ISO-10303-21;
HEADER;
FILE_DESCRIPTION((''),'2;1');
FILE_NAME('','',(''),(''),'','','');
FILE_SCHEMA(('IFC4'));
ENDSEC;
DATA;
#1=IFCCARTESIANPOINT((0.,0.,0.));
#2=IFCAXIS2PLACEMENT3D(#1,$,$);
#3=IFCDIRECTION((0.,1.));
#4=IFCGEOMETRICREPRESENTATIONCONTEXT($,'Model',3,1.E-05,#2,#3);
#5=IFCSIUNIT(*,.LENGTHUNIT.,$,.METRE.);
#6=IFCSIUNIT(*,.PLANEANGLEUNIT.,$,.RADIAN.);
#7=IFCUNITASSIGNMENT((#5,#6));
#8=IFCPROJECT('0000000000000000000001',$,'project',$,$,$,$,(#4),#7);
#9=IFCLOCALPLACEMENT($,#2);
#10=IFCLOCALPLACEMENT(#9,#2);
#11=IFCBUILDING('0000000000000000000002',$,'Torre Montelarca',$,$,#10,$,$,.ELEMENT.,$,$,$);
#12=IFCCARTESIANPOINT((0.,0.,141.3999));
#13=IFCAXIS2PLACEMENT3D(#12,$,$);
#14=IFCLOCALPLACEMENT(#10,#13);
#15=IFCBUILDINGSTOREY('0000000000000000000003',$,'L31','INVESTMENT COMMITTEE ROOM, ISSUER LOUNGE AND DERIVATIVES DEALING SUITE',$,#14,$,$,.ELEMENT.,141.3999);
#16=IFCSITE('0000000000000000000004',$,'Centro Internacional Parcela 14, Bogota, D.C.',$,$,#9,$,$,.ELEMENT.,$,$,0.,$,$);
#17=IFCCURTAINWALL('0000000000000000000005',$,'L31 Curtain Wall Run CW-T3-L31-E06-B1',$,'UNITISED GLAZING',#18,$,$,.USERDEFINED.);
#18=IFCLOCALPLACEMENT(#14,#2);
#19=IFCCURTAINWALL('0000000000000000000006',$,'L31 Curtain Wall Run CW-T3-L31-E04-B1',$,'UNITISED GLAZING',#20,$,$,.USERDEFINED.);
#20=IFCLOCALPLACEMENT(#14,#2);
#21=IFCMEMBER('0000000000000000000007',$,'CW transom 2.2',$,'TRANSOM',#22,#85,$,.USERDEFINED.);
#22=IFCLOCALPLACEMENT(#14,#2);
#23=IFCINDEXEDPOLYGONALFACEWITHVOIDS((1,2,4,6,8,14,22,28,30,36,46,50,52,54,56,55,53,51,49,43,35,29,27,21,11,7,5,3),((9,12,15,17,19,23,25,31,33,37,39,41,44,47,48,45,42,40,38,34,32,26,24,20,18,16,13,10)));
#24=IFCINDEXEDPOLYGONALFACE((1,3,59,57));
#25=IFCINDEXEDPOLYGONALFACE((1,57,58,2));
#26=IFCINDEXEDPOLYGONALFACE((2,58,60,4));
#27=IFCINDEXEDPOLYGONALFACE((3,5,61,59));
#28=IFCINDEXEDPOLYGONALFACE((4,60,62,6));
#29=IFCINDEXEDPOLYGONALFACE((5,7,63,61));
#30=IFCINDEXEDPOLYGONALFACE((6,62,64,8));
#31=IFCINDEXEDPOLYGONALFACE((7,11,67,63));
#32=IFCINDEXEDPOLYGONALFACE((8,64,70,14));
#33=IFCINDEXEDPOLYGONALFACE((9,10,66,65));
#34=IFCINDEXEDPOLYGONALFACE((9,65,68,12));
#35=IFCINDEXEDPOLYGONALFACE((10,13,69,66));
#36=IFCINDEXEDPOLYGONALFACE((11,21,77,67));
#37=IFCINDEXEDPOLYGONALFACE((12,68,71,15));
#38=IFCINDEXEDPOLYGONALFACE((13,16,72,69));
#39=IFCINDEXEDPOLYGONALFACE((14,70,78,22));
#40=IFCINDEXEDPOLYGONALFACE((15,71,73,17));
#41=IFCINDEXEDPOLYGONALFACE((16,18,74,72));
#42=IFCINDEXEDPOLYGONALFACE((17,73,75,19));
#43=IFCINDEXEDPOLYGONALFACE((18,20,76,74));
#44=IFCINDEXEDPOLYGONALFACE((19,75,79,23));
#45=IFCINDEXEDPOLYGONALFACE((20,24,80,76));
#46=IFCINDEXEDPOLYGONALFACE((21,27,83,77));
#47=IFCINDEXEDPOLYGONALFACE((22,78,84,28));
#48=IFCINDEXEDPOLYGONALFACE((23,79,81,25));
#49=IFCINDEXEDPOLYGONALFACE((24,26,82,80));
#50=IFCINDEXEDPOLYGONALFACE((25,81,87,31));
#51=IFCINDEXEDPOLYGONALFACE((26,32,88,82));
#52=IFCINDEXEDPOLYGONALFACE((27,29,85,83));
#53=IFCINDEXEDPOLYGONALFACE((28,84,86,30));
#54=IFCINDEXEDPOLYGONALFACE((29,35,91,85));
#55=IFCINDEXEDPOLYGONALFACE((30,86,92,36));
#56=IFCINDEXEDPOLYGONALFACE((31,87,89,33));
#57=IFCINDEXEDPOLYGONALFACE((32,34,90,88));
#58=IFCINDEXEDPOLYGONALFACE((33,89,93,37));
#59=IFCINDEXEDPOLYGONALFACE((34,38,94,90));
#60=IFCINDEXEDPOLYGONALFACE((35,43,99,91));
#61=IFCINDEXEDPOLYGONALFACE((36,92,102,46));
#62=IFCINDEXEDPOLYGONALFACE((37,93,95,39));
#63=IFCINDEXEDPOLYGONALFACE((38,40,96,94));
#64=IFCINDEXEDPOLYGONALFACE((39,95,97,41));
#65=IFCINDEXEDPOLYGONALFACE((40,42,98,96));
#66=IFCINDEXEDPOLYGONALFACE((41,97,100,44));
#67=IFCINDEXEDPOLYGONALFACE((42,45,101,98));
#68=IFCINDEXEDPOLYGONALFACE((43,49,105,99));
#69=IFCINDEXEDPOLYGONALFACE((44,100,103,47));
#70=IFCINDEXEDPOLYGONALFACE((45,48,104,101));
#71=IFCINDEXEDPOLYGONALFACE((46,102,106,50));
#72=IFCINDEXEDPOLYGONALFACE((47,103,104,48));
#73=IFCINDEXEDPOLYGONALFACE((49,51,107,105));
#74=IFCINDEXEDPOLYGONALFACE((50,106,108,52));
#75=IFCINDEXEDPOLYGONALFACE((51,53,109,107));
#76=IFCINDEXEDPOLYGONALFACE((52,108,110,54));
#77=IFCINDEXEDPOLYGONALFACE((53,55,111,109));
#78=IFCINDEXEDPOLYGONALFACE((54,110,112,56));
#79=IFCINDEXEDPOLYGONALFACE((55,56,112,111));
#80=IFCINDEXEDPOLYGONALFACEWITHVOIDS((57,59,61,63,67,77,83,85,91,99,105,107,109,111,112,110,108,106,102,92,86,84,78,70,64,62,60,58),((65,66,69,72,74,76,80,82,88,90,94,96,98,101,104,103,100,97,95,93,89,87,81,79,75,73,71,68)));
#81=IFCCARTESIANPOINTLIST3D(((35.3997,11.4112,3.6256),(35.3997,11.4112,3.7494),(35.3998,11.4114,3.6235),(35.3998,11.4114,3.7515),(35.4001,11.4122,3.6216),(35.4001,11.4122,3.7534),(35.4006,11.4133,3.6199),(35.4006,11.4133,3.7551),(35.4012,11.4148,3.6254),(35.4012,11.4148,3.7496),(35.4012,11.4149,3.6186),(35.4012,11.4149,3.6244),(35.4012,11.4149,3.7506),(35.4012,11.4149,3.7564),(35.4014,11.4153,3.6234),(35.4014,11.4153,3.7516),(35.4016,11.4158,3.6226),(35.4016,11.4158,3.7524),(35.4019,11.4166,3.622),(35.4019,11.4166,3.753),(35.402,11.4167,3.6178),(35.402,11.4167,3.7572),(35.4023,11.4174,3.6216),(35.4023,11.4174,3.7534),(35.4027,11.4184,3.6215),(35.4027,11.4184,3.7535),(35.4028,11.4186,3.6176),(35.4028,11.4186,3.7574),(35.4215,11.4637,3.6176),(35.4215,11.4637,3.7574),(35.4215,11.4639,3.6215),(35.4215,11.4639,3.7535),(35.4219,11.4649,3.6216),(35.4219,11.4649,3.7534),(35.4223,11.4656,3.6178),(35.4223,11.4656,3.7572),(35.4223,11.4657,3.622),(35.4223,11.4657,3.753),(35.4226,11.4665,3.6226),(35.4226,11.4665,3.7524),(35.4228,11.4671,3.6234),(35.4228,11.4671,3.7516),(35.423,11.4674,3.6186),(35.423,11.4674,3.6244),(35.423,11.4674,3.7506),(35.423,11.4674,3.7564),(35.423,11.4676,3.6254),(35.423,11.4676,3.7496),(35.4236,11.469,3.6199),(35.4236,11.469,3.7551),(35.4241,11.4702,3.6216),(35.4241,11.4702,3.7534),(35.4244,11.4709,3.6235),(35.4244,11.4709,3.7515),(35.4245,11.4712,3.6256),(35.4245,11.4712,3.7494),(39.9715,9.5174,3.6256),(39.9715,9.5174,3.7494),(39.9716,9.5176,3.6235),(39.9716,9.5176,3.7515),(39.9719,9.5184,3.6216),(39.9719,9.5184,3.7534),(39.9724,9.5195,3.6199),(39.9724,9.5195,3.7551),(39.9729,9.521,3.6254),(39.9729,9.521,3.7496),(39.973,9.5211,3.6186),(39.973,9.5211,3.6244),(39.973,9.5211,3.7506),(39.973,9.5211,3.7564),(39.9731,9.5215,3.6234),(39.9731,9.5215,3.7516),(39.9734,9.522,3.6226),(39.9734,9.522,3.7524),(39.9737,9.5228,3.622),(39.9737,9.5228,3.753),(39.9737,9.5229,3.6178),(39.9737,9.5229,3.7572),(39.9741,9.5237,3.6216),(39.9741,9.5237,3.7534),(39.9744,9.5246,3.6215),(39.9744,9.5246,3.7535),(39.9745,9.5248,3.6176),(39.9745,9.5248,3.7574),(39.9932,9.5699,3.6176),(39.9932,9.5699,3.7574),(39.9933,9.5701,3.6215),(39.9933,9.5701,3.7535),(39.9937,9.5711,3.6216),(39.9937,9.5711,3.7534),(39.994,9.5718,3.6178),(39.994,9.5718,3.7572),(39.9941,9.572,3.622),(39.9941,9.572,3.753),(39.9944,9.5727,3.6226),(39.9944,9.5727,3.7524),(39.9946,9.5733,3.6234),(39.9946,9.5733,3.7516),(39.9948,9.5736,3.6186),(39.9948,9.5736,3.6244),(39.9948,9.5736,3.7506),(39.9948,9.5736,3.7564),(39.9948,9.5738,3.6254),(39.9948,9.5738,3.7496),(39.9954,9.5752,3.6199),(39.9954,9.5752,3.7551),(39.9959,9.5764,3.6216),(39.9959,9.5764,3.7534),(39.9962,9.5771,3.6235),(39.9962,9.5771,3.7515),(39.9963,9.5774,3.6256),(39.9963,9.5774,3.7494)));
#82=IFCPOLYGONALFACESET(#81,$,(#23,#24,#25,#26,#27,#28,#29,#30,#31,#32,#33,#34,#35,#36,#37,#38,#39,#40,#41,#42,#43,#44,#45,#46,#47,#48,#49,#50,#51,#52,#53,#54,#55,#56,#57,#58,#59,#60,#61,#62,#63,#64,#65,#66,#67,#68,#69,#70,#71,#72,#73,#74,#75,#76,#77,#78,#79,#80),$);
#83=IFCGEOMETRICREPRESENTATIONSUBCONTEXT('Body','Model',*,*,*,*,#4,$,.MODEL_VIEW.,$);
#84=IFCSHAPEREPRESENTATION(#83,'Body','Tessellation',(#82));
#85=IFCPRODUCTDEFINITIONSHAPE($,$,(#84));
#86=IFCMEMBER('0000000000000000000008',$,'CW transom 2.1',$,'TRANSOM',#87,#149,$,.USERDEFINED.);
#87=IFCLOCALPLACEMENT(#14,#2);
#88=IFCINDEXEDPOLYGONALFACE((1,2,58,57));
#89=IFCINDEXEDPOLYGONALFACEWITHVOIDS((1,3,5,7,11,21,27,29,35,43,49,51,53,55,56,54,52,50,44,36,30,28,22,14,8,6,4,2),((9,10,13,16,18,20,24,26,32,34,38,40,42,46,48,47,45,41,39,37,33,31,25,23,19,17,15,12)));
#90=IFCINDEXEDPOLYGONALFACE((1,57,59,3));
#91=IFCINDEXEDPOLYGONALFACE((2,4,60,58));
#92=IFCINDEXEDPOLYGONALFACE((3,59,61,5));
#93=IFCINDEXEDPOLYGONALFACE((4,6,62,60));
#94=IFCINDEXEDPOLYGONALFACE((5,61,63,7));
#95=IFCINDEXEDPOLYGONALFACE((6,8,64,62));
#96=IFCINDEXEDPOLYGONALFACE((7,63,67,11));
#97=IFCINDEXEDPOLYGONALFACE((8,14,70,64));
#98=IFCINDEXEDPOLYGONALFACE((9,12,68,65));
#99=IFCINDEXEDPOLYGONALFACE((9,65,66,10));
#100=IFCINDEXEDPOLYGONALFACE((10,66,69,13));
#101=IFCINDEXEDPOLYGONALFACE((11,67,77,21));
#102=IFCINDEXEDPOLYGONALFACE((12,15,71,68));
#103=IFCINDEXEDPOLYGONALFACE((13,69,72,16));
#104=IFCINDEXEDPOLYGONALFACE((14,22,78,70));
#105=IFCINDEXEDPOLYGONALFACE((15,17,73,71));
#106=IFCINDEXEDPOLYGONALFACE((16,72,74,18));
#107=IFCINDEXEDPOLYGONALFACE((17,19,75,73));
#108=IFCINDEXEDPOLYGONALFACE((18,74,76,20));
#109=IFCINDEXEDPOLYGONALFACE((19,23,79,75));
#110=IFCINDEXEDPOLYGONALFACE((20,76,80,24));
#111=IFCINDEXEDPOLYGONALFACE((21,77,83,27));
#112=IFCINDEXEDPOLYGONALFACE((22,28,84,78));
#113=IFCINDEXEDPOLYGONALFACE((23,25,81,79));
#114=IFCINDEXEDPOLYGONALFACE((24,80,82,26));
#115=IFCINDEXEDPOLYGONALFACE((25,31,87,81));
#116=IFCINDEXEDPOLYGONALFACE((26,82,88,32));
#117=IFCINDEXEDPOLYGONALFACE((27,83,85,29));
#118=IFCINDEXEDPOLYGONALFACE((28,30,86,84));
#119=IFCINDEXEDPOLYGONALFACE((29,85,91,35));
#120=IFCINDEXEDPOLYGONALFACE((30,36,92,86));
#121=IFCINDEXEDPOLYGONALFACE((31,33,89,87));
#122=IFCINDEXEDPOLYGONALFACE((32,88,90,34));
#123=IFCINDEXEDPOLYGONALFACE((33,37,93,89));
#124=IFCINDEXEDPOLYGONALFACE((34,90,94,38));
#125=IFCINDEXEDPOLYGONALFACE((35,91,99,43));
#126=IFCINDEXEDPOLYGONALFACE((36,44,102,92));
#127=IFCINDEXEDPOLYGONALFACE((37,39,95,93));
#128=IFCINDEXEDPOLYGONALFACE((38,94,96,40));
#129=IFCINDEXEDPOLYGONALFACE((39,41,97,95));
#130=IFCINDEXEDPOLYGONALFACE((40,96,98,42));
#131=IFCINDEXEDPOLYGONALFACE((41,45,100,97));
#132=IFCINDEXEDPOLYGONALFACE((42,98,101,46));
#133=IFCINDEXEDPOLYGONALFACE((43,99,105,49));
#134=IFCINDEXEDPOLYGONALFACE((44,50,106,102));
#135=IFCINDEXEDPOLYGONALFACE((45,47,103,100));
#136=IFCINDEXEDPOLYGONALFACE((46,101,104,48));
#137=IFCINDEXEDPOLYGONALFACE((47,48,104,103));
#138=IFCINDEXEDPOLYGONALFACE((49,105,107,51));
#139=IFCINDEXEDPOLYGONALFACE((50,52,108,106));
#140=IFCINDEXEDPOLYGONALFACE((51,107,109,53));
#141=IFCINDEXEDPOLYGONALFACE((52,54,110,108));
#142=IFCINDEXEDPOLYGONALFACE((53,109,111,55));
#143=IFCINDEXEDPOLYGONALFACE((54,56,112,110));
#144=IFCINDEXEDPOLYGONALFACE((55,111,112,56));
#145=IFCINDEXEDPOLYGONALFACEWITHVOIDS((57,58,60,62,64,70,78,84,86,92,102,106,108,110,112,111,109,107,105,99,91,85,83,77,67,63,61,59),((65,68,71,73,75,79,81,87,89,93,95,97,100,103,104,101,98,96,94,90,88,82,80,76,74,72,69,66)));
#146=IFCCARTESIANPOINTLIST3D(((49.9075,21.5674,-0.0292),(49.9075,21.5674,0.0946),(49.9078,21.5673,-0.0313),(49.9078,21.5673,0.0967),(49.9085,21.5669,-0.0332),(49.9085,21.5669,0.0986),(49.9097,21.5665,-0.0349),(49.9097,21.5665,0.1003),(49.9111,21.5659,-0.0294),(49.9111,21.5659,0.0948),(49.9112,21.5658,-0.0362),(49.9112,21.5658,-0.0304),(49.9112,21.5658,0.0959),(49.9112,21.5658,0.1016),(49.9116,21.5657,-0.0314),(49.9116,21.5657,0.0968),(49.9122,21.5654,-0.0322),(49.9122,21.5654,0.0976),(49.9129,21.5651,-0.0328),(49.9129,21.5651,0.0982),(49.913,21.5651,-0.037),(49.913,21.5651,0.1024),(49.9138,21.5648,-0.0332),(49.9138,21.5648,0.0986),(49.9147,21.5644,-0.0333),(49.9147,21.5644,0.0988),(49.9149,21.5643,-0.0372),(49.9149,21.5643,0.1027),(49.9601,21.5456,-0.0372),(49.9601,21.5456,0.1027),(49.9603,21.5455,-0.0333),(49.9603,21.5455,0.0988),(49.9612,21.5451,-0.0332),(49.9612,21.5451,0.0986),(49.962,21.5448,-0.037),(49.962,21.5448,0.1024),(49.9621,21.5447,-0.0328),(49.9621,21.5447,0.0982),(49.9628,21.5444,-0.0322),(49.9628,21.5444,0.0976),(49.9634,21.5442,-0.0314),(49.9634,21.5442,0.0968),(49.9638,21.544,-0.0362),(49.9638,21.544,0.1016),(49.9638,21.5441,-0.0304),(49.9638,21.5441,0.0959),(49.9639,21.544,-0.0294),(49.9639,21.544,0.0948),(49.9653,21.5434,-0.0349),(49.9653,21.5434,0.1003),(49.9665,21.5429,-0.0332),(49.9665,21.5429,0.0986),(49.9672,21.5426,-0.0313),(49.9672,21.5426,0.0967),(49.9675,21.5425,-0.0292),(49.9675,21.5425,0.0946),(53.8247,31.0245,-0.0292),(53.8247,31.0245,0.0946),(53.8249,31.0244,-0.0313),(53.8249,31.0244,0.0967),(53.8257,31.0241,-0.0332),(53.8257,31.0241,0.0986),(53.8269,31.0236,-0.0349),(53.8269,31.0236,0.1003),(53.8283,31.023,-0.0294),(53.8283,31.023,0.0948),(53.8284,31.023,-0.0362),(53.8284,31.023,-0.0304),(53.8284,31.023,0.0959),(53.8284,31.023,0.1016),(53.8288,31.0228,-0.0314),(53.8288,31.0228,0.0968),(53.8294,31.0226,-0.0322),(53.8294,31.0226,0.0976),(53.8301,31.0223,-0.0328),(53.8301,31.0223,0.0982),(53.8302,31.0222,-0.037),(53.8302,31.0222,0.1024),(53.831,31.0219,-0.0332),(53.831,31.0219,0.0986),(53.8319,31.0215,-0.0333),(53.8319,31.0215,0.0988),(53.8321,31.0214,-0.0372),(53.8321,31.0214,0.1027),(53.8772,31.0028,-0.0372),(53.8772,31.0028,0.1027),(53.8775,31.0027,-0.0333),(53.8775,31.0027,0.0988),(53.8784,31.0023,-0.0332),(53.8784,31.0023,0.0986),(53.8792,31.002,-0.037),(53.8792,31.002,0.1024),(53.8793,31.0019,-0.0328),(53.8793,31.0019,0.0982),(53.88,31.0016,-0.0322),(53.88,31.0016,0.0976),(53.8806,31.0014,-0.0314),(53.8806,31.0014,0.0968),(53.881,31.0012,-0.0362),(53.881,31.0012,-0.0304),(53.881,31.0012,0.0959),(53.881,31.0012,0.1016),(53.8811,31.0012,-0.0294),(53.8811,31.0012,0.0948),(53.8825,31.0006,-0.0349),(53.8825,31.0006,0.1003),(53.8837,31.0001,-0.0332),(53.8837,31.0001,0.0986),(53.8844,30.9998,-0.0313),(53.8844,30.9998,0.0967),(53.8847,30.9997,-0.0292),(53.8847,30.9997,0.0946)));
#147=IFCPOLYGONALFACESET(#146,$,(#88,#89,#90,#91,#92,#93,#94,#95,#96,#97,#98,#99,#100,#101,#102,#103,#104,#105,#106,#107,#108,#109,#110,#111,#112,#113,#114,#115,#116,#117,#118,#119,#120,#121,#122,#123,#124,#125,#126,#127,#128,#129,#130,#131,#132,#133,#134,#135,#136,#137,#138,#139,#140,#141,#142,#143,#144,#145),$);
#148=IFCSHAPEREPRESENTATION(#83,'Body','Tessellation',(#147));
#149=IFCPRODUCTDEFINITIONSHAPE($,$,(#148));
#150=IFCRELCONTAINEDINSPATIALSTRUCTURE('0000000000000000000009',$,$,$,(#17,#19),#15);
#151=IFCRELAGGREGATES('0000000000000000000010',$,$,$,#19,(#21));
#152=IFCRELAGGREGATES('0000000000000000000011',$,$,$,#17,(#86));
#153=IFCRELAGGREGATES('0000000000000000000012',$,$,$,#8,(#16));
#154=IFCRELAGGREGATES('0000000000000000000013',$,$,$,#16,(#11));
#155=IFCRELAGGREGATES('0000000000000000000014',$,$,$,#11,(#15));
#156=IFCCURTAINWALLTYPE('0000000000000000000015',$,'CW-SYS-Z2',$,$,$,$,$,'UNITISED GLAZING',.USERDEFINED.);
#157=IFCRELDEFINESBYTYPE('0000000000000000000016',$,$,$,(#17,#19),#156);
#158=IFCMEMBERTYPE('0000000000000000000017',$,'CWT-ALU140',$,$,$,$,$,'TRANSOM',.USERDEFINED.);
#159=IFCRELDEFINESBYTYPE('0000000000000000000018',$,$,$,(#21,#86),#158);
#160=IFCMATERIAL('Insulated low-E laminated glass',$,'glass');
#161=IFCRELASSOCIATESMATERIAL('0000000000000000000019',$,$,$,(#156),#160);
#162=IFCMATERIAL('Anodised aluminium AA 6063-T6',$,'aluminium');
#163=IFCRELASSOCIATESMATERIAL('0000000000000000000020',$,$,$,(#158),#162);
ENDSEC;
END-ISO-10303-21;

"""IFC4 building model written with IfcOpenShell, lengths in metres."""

from ifc_helpers import new_model, si_unit, direction, frame, origin, origin_2d, place, context, subcontext, project, spatial, hollow_rectangle, extrude, source, transform, mapped, material, material_profile, profile_set, type_object, element, aggregate, save


model = new_model("IFC4")

# Units and contexts
model_context = context("Model", 3, precision=1e-05, world=origin(), true_north=direction((0.0, 1.0)))
body_context = subcontext(model_context, "Body", "Model", "MODEL_VIEW")
ifc_project = project(units=[si_unit("LENGTHUNIT", "METRE"), si_unit("PLANEANGLEUNIT", "RADIAN")], contexts=[model_context])

# Site, building, storey
site_placement = place(None, origin())
site = spatial("IfcSite", under=ifc_project, at=site_placement, Name="Centro Internacional Parcela 14, Bogota, D.C.", CompositionType="ELEMENT", RefElevation=0.0)
building_placement = place(site_placement, origin())
building = spatial("IfcBuilding", under=site, at=building_placement, Name="Torre Montelarca", CompositionType="ELEMENT")
storey_placement = place(building_placement, frame((0.0, 0.0, 141.3999)))
storey = spatial("IfcBuildingStorey", under=building, at=storey_placement, Name="L31", Description="INVESTMENT COMMITTEE ROOM, ISSUER LOUNGE AND DERIVATIVES DEALING SUITE", CompositionType="ELEMENT", Elevation=141.3999)

# Curtain walls
ifc_material_1 = material(Name="Insulated low-E laminated glass", Category="glass")
curtain_wall_type = type_object("IfcCurtainWallType", Name="CW-SYS-Z2", ElementType="UNITISED GLAZING", PredefinedType="USERDEFINED", material=ifc_material_1)
ifc_material_2 = material(Name="Anodised aluminium AA 6063-T6", Category="aluminium")
ifc_material_profile_1 = material_profile(ifc_material_2, hollow_rectangle(XDim=0.0649, YDim=0.1399, WallThickness=0.0039, InnerFilletRadius=0.0039, OuterFilletRadius=0.0081, at=origin_2d()), Name="ALU65X140X4", Category="aluminium")
ifc_profile_set_1 = profile_set([ifc_material_profile_1], Name="Anodised aluminium AA 6063-T6")
member_type_1 = type_object("IfcMemberType", Name="CWT-ALU140", ElementType="TRANSOM", PredefinedType="USERDEFINED", material=ifc_profile_set_1)
curtain_wall_1_placement = place(storey_placement, origin())
curtain_wall_1 = element("IfcCurtainWall", 1, at=curtain_wall_1_placement, inside=storey, type_object=curtain_wall_type, Name="L31 Curtain Wall Run CW-T3-L31-E06-B1", ObjectType="UNITISED GLAZING", PredefinedType="USERDEFINED")
curtain_wall_2_placement = place(storey_placement, origin())
curtain_wall_2 = element("IfcCurtainWall", 2, at=curtain_wall_2_placement, inside=storey, type_object=curtain_wall_type, Name="L31 Curtain Wall Run CW-T3-L31-E04-B1", ObjectType="UNITISED GLAZING", PredefinedType="USERDEFINED")

# Members
shared_shape_1 = source(origin(), body_context, "Body", "SweptSolid", [
    extrude(hollow_rectangle(XDim=0.0649, YDim=0.1399, WallThickness=0.0039, InnerFilletRadius=0.0039, OuterFilletRadius=0.0081, at=origin_2d()), origin(), (0.0, 0.0, 1.0), 4.9485),
])
member_1_placement = place(storey_placement, frame((35.4121, 11.4412, 3.6875), z_axis=(0.923872, -0.382702, 0.0), x_axis=(0.382702, 0.923872, 0.0)))
member_1 = element("IfcMember", 3, at=member_1_placement, type_object=member_type_1, Name="CW transom 2.2", ObjectType="TRANSOM", PredefinedType="USERDEFINED", context=body_context, shape_type="MappedRepresentation", body=[
    mapped(shared_shape_1, transform((0.0, 0.0, 0.0), scale=1.0)),
])
shared_shape_2 = source(origin(), body_context, "Body", "SweptSolid", [
    extrude(hollow_rectangle(XDim=0.0649, YDim=0.1399, WallThickness=0.0039, InnerFilletRadius=0.0039, OuterFilletRadius=0.0081, at=origin_2d()), origin(), (0.0, 0.0, 1.0), 10.2363),
])
member_2_placement = place(storey_placement, frame((49.9375, 21.5549, 0.0327), z_axis=(0.382675, 0.923883, 0.0), x_axis=(-0.923883, 0.382675, 0.0)))
member_2 = element("IfcMember", 4, at=member_2_placement, type_object=member_type_1, Name="CW transom 2.1", ObjectType="TRANSOM", PredefinedType="USERDEFINED", context=body_context, shape_type="MappedRepresentation", body=[
    mapped(shared_shape_2, transform((0.0, 0.0, 0.0), scale=1.0)),
])

aggregate(curtain_wall_2, [member_1])
aggregate(curtain_wall_1, [member_2])

save(model, "model.ifc")
